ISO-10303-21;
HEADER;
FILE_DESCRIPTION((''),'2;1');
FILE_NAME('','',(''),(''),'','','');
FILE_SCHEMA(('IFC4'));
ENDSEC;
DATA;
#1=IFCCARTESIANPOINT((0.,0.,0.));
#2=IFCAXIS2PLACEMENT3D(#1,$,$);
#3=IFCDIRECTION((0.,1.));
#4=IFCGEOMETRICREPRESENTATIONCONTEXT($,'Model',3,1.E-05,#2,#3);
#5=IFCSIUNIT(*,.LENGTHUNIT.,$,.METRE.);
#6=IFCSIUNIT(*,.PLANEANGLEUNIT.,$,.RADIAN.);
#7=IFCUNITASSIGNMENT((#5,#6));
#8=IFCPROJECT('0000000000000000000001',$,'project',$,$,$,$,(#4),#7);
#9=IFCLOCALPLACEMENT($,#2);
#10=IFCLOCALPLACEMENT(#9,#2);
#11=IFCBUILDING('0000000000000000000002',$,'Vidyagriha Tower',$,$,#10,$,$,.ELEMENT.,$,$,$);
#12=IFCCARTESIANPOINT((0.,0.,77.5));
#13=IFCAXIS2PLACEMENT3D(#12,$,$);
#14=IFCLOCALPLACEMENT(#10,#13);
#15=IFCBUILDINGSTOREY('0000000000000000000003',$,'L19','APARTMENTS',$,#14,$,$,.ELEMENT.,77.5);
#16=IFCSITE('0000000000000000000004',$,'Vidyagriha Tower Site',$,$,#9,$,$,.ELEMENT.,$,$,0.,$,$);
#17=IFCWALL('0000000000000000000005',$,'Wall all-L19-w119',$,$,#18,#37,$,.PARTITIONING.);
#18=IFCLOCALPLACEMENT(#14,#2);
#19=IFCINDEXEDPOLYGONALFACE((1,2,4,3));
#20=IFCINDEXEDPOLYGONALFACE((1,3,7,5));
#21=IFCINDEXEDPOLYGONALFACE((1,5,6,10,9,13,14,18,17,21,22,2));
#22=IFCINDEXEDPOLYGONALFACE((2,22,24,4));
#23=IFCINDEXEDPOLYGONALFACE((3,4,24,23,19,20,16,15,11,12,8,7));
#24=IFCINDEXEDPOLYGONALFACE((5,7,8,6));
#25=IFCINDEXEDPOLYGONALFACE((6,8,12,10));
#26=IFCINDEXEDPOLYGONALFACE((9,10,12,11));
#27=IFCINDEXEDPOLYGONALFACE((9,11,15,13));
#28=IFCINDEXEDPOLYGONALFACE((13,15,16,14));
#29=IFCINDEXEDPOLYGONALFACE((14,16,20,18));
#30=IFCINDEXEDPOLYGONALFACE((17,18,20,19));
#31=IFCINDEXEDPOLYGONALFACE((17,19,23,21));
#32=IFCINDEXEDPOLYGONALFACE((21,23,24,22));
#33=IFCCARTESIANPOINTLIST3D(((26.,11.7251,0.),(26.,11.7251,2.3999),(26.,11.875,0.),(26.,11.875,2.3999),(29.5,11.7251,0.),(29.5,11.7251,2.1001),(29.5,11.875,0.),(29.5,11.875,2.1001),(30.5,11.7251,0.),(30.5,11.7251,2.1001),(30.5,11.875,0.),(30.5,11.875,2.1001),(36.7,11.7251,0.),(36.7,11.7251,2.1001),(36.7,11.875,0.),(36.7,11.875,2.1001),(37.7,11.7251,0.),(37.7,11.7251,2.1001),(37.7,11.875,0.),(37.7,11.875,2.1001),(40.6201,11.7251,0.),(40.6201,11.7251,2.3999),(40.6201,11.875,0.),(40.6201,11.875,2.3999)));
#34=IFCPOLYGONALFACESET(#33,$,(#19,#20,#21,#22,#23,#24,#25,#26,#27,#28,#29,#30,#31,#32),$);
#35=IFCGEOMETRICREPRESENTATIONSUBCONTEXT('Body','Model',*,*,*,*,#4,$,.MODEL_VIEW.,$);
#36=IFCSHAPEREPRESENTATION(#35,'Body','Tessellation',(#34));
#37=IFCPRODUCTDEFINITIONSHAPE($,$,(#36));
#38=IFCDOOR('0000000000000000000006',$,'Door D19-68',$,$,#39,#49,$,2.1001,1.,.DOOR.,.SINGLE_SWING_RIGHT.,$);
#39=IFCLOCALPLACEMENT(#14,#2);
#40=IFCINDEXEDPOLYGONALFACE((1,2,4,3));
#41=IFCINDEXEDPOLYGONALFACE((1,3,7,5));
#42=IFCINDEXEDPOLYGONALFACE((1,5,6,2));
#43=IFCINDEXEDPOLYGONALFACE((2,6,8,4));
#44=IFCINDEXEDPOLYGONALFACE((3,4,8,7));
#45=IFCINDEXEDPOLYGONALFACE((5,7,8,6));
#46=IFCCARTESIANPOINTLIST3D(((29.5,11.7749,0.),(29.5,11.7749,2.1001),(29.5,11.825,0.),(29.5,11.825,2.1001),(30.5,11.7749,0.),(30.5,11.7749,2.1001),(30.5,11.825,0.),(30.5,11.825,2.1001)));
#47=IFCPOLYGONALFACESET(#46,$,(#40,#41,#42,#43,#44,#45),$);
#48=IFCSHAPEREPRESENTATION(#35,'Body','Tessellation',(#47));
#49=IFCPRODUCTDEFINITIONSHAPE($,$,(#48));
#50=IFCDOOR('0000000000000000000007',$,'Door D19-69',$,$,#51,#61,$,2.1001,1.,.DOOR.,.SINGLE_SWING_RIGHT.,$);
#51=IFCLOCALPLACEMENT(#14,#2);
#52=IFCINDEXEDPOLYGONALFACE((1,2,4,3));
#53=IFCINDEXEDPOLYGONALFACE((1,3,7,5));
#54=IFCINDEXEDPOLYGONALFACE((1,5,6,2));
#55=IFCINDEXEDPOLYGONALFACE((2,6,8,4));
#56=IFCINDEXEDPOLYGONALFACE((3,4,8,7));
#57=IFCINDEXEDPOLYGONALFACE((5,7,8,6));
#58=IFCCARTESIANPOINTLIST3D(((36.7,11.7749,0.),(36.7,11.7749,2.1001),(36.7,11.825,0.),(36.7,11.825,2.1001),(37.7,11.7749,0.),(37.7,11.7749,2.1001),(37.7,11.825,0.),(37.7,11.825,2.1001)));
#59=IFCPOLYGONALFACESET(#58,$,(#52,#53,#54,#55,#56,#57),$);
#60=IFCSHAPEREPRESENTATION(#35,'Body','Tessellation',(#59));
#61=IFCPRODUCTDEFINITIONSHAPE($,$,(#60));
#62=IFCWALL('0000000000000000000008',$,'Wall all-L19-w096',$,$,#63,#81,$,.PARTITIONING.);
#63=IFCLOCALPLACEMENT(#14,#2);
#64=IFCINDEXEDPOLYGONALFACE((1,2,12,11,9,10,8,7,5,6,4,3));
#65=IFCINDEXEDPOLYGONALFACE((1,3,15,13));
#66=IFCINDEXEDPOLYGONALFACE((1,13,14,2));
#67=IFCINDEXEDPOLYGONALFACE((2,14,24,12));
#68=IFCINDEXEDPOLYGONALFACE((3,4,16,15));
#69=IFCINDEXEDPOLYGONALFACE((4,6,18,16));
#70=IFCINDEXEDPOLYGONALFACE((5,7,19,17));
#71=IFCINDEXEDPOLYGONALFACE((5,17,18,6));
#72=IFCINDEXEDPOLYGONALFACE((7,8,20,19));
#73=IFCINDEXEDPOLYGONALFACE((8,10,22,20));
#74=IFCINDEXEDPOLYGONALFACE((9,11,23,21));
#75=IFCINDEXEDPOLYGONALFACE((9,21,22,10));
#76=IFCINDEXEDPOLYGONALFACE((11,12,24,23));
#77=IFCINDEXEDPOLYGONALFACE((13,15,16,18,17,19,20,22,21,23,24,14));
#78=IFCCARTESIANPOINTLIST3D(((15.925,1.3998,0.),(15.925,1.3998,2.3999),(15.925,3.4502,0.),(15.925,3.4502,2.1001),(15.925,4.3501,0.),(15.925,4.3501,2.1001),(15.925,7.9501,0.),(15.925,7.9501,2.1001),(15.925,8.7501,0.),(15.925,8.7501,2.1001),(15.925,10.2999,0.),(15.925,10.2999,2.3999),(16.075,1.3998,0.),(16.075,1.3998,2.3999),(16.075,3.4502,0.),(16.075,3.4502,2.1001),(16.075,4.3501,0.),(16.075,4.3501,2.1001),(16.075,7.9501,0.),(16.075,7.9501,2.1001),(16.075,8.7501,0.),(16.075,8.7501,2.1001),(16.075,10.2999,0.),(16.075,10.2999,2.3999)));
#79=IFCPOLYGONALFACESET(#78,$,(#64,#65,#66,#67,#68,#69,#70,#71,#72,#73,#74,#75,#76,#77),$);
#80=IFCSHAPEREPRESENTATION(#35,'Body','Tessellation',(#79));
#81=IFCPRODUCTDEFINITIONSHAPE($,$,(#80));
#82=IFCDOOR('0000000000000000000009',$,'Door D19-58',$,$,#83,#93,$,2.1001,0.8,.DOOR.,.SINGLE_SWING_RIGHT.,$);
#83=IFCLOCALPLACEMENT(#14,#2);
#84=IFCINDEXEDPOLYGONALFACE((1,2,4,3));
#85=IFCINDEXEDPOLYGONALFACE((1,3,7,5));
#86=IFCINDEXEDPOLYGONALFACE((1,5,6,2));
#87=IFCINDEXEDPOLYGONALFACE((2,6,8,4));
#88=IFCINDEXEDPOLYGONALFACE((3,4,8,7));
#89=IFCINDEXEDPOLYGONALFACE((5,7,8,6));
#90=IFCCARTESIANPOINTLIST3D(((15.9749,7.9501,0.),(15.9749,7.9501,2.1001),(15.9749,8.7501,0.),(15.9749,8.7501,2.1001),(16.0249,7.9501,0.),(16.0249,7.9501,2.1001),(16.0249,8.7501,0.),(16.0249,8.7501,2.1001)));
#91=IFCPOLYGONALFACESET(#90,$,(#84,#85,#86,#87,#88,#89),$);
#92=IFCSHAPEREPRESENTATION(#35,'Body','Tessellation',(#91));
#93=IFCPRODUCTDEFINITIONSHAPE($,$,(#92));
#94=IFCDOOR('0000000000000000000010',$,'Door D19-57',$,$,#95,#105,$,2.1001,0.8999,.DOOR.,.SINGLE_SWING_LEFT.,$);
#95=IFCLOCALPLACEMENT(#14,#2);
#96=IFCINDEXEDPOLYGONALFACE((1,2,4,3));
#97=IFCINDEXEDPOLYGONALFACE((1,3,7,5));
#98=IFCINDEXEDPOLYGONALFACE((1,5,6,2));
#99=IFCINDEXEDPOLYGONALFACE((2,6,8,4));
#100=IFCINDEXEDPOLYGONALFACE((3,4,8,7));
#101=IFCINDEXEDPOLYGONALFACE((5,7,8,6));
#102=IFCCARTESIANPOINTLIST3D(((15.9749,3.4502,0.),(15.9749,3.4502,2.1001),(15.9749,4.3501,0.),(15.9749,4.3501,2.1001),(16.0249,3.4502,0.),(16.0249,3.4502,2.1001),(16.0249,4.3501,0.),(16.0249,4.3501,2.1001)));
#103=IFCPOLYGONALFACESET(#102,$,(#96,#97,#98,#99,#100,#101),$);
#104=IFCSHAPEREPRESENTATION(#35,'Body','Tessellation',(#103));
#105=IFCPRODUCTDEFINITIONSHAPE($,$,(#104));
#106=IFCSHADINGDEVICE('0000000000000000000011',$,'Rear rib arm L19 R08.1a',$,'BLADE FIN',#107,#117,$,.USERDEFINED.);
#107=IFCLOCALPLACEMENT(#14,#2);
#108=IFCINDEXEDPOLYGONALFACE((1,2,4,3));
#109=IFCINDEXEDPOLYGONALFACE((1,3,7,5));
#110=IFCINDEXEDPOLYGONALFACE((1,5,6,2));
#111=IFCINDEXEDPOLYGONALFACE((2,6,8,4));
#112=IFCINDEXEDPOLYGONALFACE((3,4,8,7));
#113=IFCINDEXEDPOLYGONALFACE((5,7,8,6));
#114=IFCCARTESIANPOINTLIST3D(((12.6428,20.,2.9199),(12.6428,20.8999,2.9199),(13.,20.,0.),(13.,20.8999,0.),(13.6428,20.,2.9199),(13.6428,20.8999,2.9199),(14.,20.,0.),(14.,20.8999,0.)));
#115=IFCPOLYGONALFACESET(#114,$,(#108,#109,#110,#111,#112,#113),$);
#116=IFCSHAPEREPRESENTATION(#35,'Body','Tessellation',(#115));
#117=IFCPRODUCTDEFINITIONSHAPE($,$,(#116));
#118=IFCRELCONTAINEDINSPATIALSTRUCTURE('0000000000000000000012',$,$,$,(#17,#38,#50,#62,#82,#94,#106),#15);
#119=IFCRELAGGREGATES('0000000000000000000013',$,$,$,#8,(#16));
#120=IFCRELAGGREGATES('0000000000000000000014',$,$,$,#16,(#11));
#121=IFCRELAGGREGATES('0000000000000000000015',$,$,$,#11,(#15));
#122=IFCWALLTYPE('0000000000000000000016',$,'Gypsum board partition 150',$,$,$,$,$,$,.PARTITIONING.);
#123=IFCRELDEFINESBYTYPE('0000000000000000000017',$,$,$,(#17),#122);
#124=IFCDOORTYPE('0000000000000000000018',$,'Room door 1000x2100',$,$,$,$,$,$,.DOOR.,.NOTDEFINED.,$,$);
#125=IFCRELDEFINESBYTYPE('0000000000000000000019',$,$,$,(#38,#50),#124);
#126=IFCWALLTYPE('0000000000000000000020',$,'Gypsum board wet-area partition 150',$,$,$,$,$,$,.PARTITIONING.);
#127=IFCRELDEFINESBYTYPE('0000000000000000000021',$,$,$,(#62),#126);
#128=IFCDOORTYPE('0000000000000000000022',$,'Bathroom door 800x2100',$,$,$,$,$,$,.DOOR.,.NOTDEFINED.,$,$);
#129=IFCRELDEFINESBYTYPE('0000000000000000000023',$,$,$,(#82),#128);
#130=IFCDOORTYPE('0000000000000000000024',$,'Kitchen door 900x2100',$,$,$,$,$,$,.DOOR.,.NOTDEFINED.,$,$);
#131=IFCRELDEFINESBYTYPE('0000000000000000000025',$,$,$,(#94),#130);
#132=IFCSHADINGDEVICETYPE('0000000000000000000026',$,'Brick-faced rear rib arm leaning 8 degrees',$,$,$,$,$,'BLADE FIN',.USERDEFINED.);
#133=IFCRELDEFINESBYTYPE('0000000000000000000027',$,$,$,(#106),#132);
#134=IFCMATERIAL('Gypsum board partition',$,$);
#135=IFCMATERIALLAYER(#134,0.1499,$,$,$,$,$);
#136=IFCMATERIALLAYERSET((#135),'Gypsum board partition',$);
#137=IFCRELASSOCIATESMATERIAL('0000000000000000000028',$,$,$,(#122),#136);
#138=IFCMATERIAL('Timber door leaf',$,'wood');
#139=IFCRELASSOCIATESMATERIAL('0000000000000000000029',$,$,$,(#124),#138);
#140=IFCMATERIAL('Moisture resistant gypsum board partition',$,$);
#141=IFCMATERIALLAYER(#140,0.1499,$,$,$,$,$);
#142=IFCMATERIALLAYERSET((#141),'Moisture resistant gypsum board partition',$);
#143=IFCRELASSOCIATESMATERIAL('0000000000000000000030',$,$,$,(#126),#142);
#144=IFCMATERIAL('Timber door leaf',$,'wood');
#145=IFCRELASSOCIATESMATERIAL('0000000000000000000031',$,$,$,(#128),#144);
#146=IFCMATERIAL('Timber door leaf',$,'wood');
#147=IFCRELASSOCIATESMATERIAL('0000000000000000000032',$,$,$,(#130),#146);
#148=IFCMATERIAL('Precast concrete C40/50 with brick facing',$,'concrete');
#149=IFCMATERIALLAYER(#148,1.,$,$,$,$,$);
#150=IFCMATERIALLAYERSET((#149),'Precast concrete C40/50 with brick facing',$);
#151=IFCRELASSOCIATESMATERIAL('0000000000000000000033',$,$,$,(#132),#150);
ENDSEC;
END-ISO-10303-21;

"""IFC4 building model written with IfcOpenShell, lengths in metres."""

from ifc_helpers import new_model, si_unit, direction, frame, frame_2d, origin, place, context, subcontext, project, spatial, polyline, rectangle, outline, extrude, material, layer, layer_set, type_object, element, fill, save


model = new_model("IFC4")

# Units and contexts
model_context = context("Model", 3, precision=1e-05, world=origin(), true_north=direction((0.0, 1.0)))
body_context = subcontext(model_context, "Body", "Model", "MODEL_VIEW")
ifc_project = project(units=[si_unit("LENGTHUNIT", "METRE"), si_unit("PLANEANGLEUNIT", "RADIAN")], contexts=[model_context])

# Site, building, storey
site_placement = place(None, origin())
site = spatial("IfcSite", under=ifc_project, at=site_placement, Name="Vidyagriha Tower Site", CompositionType="ELEMENT", RefElevation=0.0)
building_placement = place(site_placement, origin())
building = spatial("IfcBuilding", under=site, at=building_placement, Name="Vidyagriha Tower", CompositionType="ELEMENT")
storey_placement = place(building_placement, frame((0.0, 0.0, 77.5)))
storey = spatial("IfcBuildingStorey", under=building, at=storey_placement, Name="L19", Description="APARTMENTS", CompositionType="ELEMENT", Elevation=77.5)

# Shared definitions
ifc_material_1 = material(Name="Gypsum board partition")
ifc_layer_1 = layer(ifc_material_1, 0.1499)
ifc_layer_set_1 = layer_set([ifc_layer_1], Name="Gypsum board partition")
wall_type_1 = type_object("IfcWallType", Name="Gypsum board partition 150", PredefinedType="PARTITIONING", material=ifc_layer_set_1)

# Walls, openings, doors
wall_1_placement = place(storey_placement, frame((26.0, 11.8, 0.0)))
wall_1 = element("IfcWall", 1, at=wall_1_placement, inside=storey, type_object=wall_type_1, Name="Wall all-L19-w119", PredefinedType="PARTITIONING", context=body_context, shape_type="SweptSolid", body=[
    extrude(rectangle(XDim=14.6201, YDim=0.1499, at=frame_2d((7.3101, 0.0))), origin(), (0.0, 0.0, 1.0), 2.3999),
])
opening_1_placement = place(wall_1_placement, frame((3.5, 0.0, 0.0)))
opening_1 = element("IfcOpeningElement", 2, at=opening_1_placement, cuts=wall_1, PredefinedType="OPENING", context=body_context, shape_type="SweptSolid", body=[
    extrude(rectangle(XDim=1.0, YDim=2.1001, at=frame_2d((0.5, 1.05))), frame((0.0, 0.085, 0.0), z_axis=(0.0, -1.0, 0.0), x_axis=(1.0, 0.0, 0.0)), (0.0, 0.0, 1.0), 0.1699),
])
opening_2_placement = place(wall_1_placement, frame((10.7, 0.0, 0.0)))
opening_2 = element("IfcOpeningElement", 3, at=opening_2_placement, cuts=wall_1, PredefinedType="OPENING", context=body_context, shape_type="SweptSolid", body=[
    extrude(rectangle(XDim=1.0, YDim=2.1001, at=frame_2d((0.5, 1.05))), frame((0.0, 0.085, 0.0), z_axis=(0.0, -1.0, 0.0), x_axis=(1.0, 0.0, 0.0)), (0.0, 0.0, 1.0), 0.1699),
])
ifc_material_2 = material(Name="Timber door leaf", Category="wood")
door_type_1 = type_object("IfcDoorType", Name="Room door 1000x2100", OperationType="NOTDEFINED", PredefinedType="DOOR", material=ifc_material_2)
door_1_placement = place(opening_1_placement, origin())
door_1 = element("IfcDoor", 4, at=door_1_placement, inside=storey, type_object=door_type_1, Name="Door D19-68", OperationType="SINGLE_SWING_RIGHT", OverallHeight=2.1001, OverallWidth=1.0, PredefinedType="DOOR", context=body_context, shape_type="SweptSolid", body=[
    extrude(rectangle(XDim=1.0, YDim=2.1001, at=frame_2d((0.5, 1.05))), frame((0.0, 0.0249, 0.0), z_axis=(0.0, -1.0, 0.0), x_axis=(1.0, 0.0, 0.0)), (0.0, 0.0, 1.0), 0.05),
])
fill(opening_1, door_1)
door_2_placement = place(opening_2_placement, origin())
door_2 = element("IfcDoor", 5, at=door_2_placement, inside=storey, type_object=door_type_1, Name="Door D19-69", OperationType="SINGLE_SWING_RIGHT", OverallHeight=2.1001, OverallWidth=1.0, PredefinedType="DOOR", context=body_context, shape_type="SweptSolid", body=[
    extrude(rectangle(XDim=1.0, YDim=2.1001, at=frame_2d((0.5, 1.05))), frame((0.0, 0.0249, 0.0), z_axis=(0.0, -1.0, 0.0), x_axis=(1.0, 0.0, 0.0)), (0.0, 0.0, 1.0), 0.05),
])
fill(opening_2, door_2)
ifc_material_3 = material(Name="Moisture resistant gypsum board partition")
ifc_layer_2 = layer(ifc_material_3, 0.1499)
ifc_layer_set_2 = layer_set([ifc_layer_2], Name="Moisture resistant gypsum board partition")
wall_type_2 = type_object("IfcWallType", Name="Gypsum board wet-area partition 150", PredefinedType="PARTITIONING", material=ifc_layer_set_2)
wall_2_placement = place(storey_placement, frame((16.0, 10.3, 0.0), z_axis=(0.0, 0.0, 1.0), x_axis=(0.0, -1.0, 0.0)))
wall_2 = element("IfcWall", 6, at=wall_2_placement, inside=storey, type_object=wall_type_2, Name="Wall all-L19-w096", PredefinedType="PARTITIONING", context=body_context, shape_type="SweptSolid", body=[
    extrude(rectangle(XDim=8.9001, YDim=0.1499, at=frame_2d((4.4502, 0.0))), origin(), (0.0, 0.0, 1.0), 2.3999),
])
opening_3_placement = place(wall_2_placement, frame((5.95, 0.0, 0.0)))
opening_3 = element("IfcOpeningElement", 7, at=opening_3_placement, cuts=wall_2, PredefinedType="OPENING", context=body_context, shape_type="SweptSolid", body=[
    extrude(rectangle(XDim=0.8999, YDim=2.1001, at=frame_2d((0.45, 1.05))), frame((0.0, 0.085, 0.0), z_axis=(0.0, -1.0, 0.0), x_axis=(1.0, 0.0, 0.0)), (0.0, 0.0, 1.0), 0.1699),
])
opening_4_placement = place(wall_2_placement, frame((1.55, 0.0, 0.0)))
opening_4 = element("IfcOpeningElement", 8, at=opening_4_placement, cuts=wall_2, PredefinedType="OPENING", context=body_context, shape_type="SweptSolid", body=[
    extrude(rectangle(XDim=0.8, YDim=2.1001, at=frame_2d((0.3999, 1.05))), frame((0.0, 0.085, 0.0), z_axis=(0.0, -1.0, 0.0), x_axis=(1.0, 0.0, 0.0)), (0.0, 0.0, 1.0), 0.1699),
])
ifc_material_4 = material(Name="Timber door leaf", Category="wood")
door_type_2 = type_object("IfcDoorType", Name="Bathroom door 800x2100", OperationType="NOTDEFINED", PredefinedType="DOOR", material=ifc_material_4)
door_3_placement = place(opening_4_placement, origin())
door_3 = element("IfcDoor", 9, at=door_3_placement, inside=storey, type_object=door_type_2, Name="Door D19-58", OperationType="SINGLE_SWING_RIGHT", OverallHeight=2.1001, OverallWidth=0.8, PredefinedType="DOOR", context=body_context, shape_type="SweptSolid", body=[
    extrude(rectangle(XDim=0.8, YDim=2.1001, at=frame_2d((0.3999, 1.05))), frame((0.0, 0.0249, 0.0), z_axis=(0.0, -1.0, 0.0), x_axis=(1.0, 0.0, 0.0)), (0.0, 0.0, 1.0), 0.05),
])
fill(opening_4, door_3)
ifc_material_5 = material(Name="Timber door leaf", Category="wood")
door_type_3 = type_object("IfcDoorType", Name="Kitchen door 900x2100", OperationType="NOTDEFINED", PredefinedType="DOOR", material=ifc_material_5)
door_4_placement = place(opening_3_placement, origin())
door_4 = element("IfcDoor", 10, at=door_4_placement, inside=storey, type_object=door_type_3, Name="Door D19-57", OperationType="SINGLE_SWING_LEFT", OverallHeight=2.1001, OverallWidth=0.8999, PredefinedType="DOOR", context=body_context, shape_type="SweptSolid", body=[
    extrude(rectangle(XDim=0.8999, YDim=2.1001, at=frame_2d((0.45, 1.05))), frame((0.0, 0.0249, 0.0), z_axis=(0.0, -1.0, 0.0), x_axis=(1.0, 0.0, 0.0)), (0.0, 0.0, 1.0), 0.05),
])
fill(opening_3, door_4)

# Shading device
ifc_material_6 = material(Name="Precast concrete C40/50 with brick facing", Category="concrete")
ifc_layer_3 = layer(ifc_material_6, 1.0)
ifc_layer_set_3 = layer_set([ifc_layer_3], Name="Precast concrete C40/50 with brick facing")
shading_device_type = type_object("IfcShadingDeviceType", Name="Brick-faced rear rib arm leaning 8 degrees", ElementType="BLADE FIN", PredefinedType="USERDEFINED", material=ifc_layer_set_3)
shading_device_placement = place(storey_placement, frame((14.0, 20.45, 0.0), z_axis=(0.0, 0.0, 1.0), x_axis=(-1.0, 0.0, 0.0)))
element("IfcShadingDevice", 11, at=shading_device_placement, inside=storey, type_object=shading_device_type, Name="Rear rib arm L19 R08.1a", ObjectType="BLADE FIN", PredefinedType="USERDEFINED", context=body_context, shape_type="SweptSolid", body=[
    extrude(outline(polyline([(0.0, 0.0), (1.0, 0.0), (1.3572, 2.9199), (0.3572, 2.9199), (0.0, 0.0)])), frame((0.0, 0.45, 0.0), z_axis=(0.0, -1.0, 0.0), x_axis=(1.0, 0.0, 0.0)), (0.0, 0.0, 1.0), 0.8999),
])

save(model, "model.ifc")
